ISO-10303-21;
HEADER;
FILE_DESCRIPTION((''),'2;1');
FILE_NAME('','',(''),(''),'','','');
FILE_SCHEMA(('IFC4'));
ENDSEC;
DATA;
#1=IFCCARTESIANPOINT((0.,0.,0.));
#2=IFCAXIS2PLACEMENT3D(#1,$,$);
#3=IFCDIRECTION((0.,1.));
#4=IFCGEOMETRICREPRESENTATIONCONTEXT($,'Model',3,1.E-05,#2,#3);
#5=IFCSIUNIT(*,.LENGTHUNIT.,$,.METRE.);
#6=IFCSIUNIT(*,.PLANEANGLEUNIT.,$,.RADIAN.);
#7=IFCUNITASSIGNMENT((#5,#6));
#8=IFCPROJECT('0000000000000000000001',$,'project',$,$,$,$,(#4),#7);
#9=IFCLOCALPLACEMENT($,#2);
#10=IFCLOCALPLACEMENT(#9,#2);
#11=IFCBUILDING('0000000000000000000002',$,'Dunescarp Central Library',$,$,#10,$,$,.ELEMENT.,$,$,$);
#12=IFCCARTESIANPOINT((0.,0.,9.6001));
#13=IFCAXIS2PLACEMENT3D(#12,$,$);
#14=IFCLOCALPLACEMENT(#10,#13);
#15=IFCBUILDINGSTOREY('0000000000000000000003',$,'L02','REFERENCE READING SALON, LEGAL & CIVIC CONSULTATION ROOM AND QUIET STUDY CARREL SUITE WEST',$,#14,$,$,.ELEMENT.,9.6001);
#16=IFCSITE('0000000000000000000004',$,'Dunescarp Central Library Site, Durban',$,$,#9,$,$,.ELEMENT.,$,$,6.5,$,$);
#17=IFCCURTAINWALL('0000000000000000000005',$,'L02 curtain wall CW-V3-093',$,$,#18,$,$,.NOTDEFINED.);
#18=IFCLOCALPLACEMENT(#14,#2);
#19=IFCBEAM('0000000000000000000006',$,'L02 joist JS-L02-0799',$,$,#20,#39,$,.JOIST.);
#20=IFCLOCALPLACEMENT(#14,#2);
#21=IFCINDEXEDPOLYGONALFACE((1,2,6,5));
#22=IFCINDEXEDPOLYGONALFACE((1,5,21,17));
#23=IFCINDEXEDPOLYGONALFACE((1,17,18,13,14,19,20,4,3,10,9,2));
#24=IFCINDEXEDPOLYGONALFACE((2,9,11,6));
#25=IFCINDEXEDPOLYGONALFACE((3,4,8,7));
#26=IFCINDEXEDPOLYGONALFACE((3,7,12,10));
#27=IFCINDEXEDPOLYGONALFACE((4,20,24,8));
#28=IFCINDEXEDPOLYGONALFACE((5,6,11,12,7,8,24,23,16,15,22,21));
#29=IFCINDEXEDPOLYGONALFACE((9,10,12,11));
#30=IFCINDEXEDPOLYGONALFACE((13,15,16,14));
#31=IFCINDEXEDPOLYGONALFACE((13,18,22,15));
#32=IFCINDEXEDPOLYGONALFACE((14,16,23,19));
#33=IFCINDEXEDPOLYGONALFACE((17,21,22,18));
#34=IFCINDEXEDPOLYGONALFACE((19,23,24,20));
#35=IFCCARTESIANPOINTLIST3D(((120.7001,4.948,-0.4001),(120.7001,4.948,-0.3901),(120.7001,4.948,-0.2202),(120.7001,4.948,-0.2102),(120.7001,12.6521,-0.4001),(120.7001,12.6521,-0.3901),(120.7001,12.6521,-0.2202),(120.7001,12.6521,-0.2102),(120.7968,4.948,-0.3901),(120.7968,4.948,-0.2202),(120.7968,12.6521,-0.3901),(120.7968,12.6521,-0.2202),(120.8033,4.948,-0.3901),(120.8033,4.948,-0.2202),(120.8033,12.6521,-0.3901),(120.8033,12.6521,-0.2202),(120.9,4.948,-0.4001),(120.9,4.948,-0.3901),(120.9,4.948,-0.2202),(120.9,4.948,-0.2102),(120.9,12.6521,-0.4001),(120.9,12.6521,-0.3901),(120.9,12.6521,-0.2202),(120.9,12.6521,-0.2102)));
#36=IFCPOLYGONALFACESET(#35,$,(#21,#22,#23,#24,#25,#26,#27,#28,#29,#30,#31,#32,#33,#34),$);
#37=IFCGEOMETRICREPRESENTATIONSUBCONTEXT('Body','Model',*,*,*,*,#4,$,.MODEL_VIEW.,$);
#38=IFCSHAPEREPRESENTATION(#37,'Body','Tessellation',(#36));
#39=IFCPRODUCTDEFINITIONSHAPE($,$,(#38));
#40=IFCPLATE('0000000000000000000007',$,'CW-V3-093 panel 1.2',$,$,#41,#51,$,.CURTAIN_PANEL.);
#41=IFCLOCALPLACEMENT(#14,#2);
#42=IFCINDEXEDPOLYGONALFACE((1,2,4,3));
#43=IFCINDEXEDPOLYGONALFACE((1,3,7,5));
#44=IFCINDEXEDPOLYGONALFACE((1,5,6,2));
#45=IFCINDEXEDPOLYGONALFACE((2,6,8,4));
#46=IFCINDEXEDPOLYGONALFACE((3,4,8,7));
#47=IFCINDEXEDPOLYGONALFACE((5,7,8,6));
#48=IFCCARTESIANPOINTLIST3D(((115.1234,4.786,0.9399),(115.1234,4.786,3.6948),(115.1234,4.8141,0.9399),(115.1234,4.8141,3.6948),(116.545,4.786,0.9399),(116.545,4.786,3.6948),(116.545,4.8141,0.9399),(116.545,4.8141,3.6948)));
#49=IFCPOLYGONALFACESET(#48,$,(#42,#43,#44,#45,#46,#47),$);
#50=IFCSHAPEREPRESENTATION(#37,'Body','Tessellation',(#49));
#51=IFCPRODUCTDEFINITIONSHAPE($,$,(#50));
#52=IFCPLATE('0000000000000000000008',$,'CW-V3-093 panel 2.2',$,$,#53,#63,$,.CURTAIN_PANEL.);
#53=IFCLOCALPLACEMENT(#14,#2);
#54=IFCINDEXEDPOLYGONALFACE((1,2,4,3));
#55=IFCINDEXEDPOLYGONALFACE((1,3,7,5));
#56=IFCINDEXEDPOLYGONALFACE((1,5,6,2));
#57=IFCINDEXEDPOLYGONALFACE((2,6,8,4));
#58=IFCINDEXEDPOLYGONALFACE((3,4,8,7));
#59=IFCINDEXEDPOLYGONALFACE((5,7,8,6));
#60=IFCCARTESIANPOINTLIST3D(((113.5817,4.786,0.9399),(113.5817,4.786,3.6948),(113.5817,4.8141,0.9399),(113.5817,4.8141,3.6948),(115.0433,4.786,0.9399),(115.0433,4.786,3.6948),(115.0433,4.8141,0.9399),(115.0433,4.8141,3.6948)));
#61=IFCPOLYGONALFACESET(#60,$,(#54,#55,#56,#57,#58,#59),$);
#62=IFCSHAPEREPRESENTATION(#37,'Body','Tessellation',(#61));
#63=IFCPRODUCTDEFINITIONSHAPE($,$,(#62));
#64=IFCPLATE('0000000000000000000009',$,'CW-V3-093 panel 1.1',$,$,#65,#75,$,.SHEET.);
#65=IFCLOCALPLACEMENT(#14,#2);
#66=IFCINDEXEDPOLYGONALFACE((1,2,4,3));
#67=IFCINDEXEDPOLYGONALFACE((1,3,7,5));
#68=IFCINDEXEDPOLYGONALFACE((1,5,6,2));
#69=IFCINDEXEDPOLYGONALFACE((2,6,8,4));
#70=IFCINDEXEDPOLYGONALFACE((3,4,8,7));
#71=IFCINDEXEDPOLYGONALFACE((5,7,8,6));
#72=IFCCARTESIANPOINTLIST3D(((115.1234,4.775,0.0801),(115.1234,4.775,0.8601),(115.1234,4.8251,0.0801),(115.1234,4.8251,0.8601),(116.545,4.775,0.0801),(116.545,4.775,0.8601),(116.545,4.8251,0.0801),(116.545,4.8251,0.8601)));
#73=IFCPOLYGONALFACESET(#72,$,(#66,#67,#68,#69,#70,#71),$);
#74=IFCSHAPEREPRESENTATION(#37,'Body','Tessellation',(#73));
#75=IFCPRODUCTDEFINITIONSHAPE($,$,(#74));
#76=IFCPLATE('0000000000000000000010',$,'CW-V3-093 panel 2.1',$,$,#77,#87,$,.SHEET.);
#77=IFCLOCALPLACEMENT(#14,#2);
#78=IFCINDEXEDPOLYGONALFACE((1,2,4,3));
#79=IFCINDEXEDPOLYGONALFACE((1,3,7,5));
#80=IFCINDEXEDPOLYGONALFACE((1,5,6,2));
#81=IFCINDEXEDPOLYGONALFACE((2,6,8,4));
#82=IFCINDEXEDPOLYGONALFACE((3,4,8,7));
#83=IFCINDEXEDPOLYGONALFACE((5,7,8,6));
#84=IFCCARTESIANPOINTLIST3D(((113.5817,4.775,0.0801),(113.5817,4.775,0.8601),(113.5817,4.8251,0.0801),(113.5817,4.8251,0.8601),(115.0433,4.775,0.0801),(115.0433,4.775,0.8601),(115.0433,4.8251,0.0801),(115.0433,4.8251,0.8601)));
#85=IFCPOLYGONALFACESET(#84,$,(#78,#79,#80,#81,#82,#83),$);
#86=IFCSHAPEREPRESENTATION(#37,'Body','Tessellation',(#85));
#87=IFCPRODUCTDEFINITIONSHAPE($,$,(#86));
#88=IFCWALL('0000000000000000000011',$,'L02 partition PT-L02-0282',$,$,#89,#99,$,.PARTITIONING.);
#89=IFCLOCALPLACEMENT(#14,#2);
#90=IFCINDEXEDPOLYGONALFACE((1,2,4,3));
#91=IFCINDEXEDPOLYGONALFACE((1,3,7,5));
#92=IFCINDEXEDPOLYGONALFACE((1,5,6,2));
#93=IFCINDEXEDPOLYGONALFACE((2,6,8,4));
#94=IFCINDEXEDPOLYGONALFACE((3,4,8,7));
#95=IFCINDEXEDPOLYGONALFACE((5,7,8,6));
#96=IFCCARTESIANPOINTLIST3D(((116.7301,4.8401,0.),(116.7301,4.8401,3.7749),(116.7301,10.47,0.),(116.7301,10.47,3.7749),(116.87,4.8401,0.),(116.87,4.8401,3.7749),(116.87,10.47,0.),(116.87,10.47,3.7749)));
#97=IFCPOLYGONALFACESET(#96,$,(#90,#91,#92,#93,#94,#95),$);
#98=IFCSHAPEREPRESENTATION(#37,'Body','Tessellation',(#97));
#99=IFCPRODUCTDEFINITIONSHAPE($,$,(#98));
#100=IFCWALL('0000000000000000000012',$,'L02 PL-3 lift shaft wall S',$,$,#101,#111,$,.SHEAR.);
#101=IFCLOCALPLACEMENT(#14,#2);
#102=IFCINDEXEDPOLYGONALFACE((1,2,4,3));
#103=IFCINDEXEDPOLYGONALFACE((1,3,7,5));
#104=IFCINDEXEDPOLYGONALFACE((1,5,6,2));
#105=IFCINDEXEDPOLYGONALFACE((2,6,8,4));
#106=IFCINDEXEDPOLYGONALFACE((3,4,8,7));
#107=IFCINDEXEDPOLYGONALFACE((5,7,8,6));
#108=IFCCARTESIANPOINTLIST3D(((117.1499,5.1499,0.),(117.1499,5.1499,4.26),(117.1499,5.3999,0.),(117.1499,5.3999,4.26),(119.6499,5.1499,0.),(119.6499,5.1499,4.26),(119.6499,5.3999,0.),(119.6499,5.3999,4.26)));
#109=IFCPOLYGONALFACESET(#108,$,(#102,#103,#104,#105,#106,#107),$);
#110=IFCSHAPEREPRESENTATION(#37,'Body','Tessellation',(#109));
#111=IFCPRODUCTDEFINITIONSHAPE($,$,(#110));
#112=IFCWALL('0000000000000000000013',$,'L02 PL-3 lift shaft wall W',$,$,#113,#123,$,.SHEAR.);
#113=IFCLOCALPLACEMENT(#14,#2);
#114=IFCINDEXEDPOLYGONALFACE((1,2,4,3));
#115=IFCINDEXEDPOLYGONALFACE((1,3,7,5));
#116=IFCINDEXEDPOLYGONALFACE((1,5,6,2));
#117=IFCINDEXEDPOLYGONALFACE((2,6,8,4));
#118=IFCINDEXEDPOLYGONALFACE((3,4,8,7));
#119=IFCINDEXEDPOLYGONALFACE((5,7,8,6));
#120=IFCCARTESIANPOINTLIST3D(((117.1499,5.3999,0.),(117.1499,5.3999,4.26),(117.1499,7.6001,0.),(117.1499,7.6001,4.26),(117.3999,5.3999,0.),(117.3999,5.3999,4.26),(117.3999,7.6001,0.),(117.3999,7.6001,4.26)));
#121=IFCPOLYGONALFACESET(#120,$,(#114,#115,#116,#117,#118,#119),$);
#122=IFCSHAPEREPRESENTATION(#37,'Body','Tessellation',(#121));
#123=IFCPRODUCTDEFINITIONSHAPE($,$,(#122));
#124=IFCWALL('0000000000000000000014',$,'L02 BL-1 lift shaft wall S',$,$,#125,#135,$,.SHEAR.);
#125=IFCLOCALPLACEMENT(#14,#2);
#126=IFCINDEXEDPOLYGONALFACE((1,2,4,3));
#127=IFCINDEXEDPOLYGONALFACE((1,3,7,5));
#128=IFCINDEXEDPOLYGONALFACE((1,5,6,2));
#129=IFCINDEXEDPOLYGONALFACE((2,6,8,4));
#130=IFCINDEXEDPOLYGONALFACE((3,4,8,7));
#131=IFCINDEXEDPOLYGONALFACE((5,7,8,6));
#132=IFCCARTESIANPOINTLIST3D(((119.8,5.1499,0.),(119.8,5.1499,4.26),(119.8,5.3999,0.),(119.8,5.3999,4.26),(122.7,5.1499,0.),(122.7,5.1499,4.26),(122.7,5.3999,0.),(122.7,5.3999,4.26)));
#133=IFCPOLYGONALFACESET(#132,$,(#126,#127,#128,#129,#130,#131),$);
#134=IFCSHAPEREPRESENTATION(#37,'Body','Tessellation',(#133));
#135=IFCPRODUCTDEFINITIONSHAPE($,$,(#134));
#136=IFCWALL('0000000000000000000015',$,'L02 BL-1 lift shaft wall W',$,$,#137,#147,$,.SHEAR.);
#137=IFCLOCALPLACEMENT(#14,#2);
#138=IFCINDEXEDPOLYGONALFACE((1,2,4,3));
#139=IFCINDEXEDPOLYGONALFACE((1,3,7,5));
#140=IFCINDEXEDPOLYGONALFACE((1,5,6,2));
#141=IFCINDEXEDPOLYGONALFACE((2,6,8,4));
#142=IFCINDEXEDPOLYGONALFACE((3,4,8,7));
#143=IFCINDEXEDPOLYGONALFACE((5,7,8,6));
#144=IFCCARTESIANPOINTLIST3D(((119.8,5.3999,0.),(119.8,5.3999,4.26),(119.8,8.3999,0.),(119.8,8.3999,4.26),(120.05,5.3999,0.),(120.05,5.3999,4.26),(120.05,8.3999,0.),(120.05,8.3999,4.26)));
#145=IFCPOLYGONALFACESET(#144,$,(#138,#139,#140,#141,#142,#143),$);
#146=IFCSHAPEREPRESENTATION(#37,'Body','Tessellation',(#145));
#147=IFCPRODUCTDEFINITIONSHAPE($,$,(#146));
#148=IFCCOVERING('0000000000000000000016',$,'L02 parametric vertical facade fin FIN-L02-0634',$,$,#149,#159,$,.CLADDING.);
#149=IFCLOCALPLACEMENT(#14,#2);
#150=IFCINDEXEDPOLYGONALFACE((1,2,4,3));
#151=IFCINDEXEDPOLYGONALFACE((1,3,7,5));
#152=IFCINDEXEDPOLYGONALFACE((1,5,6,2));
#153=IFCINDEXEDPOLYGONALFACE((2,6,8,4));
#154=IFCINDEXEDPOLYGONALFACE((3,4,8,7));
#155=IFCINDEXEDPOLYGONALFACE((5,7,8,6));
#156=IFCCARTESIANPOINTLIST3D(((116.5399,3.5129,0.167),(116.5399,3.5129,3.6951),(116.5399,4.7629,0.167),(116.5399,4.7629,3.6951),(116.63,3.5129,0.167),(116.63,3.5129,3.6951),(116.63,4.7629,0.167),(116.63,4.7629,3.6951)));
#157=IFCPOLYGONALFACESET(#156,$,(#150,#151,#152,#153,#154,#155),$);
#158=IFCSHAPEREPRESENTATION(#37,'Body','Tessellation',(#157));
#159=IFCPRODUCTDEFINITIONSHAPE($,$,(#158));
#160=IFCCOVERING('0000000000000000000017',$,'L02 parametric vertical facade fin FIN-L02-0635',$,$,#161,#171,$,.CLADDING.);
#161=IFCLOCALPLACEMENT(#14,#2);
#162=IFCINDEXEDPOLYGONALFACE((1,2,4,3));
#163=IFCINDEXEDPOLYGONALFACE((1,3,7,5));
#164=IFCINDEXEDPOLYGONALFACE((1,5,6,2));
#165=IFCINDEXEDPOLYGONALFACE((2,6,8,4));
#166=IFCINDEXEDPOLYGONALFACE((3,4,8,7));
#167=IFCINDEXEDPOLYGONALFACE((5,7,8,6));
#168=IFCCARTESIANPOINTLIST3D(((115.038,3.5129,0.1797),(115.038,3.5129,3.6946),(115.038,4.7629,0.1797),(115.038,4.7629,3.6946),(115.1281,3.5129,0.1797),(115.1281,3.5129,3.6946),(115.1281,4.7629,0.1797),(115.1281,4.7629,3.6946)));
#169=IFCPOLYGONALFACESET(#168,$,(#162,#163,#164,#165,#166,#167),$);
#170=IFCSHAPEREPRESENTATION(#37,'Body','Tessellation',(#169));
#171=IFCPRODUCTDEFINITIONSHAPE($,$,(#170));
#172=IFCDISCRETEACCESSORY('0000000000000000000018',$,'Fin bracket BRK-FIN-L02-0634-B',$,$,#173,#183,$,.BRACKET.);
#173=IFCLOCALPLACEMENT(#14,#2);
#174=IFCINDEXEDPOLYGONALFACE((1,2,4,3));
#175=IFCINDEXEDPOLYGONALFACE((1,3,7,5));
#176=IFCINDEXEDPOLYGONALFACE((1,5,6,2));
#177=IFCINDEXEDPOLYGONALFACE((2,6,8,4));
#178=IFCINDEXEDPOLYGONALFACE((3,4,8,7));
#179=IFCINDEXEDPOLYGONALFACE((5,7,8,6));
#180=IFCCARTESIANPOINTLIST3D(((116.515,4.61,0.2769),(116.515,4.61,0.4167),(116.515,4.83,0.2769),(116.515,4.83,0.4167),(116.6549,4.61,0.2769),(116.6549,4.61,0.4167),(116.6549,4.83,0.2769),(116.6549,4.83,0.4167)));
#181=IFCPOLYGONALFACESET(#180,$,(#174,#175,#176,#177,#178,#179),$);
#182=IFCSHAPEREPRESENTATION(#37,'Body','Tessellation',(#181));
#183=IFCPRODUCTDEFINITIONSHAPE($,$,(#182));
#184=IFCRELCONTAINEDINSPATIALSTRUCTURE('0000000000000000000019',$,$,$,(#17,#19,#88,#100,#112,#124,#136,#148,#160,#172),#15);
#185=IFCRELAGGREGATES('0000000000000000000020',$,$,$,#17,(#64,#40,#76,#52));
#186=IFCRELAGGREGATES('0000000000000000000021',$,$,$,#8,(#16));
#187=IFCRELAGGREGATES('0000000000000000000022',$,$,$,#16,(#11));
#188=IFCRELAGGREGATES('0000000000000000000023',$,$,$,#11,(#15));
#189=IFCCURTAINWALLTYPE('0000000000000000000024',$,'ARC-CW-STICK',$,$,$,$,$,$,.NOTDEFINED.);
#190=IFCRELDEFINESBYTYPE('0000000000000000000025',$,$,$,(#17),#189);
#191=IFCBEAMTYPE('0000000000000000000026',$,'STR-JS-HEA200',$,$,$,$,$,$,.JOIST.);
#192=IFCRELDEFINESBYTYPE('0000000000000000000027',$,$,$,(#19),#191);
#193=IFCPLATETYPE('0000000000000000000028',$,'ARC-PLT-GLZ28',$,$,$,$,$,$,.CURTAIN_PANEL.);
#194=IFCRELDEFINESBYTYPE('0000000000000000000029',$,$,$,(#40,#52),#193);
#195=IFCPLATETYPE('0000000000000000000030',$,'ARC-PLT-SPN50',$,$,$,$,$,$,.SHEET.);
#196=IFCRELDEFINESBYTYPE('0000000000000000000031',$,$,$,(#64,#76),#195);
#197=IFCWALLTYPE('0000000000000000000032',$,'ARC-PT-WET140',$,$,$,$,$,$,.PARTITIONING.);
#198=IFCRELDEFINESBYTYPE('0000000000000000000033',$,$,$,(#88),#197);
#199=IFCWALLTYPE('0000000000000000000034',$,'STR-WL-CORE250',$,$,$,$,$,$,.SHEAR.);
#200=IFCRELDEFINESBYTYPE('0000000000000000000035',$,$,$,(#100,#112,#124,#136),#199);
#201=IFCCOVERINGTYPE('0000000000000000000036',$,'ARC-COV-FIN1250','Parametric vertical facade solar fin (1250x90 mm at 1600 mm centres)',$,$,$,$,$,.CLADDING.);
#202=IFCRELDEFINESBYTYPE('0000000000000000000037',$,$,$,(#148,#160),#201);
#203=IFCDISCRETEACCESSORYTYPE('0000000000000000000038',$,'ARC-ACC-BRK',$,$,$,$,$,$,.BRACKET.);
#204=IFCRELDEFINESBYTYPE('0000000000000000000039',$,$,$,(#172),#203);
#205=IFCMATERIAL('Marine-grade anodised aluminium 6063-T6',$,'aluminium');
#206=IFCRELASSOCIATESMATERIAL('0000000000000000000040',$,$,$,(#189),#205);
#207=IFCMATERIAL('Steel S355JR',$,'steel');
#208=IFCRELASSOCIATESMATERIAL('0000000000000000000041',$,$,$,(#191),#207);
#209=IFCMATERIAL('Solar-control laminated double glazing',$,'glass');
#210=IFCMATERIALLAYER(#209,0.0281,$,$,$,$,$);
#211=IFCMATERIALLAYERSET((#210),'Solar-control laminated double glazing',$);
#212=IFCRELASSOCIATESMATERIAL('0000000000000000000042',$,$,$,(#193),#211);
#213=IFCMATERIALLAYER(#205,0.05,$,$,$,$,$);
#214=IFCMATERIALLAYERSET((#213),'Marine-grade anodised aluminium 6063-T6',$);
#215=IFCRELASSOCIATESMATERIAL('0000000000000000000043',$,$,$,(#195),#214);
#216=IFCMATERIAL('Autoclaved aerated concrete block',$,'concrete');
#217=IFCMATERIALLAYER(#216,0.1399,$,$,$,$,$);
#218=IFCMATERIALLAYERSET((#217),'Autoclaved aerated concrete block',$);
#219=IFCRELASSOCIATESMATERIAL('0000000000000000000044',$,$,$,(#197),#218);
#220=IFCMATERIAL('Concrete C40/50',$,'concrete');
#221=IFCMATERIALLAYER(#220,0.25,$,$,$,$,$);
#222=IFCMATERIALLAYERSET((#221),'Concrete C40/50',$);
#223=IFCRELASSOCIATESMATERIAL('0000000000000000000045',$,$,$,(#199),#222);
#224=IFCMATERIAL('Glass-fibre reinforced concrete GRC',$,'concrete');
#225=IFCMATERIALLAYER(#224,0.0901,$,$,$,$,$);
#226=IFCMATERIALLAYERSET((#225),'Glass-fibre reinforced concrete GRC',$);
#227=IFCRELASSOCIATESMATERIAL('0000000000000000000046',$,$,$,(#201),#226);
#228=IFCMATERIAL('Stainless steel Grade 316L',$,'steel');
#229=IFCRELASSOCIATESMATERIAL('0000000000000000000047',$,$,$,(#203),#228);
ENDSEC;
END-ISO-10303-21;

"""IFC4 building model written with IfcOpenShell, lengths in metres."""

from ifc_helpers import new_model, si_unit, direction, frame, frame_2d, origin, origin_2d, place, context, subcontext, project, spatial, rectangle, i_section, extrude, material, layer, layer_set, material_profile, profile_set, type_object, element, aggregate, save


model = new_model("IFC4")

# Units and contexts
model_context = context("Model", 3, precision=1e-05, world=origin(), true_north=direction((0.0, 1.0)))
body_context = subcontext(model_context, "Body", "Model", "MODEL_VIEW")
ifc_project = project(units=[si_unit("LENGTHUNIT", "METRE"), si_unit("PLANEANGLEUNIT", "RADIAN")], contexts=[model_context])

# Site, building, storey
site_placement = place(None, origin())
site = spatial("IfcSite", under=ifc_project, at=site_placement, Name="Dunescarp Central Library Site, Durban", CompositionType="ELEMENT", RefElevation=6.5)
building_placement = place(site_placement, origin())
building = spatial("IfcBuilding", under=site, at=building_placement, Name="Dunescarp Central Library", CompositionType="ELEMENT")
storey_placement = place(building_placement, frame((0.0, 0.0, 9.6001)))
storey = spatial("IfcBuildingStorey", under=building, at=storey_placement, Name="L02", Description="REFERENCE READING SALON, LEGAL & CIVIC CONSULTATION ROOM AND QUIET STUDY CARREL SUITE WEST", CompositionType="ELEMENT", Elevation=9.6001)

# Shared definitions
ifc_material_1 = material(Name="Steel S355JR", Category="steel")

# Curtain wall
ifc_material_2 = material(Name="Marine-grade anodised aluminium 6063-T6", Category="aluminium")
curtain_wall_type = type_object("IfcCurtainWallType", Name="ARC-CW-STICK", PredefinedType="NOTDEFINED", material=ifc_material_2)
curtain_wall_placement = place(storey_placement, origin())
curtain_wall = element("IfcCurtainWall", 1, at=curtain_wall_placement, inside=storey, type_object=curtain_wall_type, Name="L02 curtain wall CW-V3-093", PredefinedType="NOTDEFINED")

# Beam
ifc_material_profile_1 = material_profile(ifc_material_1, i_section(OverallWidth=0.2, OverallDepth=0.1899, WebThickness=0.0066, FlangeThickness=0.01, at=origin_2d()), Name="HEA 200")
ifc_profile_set_1 = profile_set([ifc_material_profile_1], Name="Steel S355JR")
beam_type_1 = type_object("IfcBeamType", Name="STR-JS-HEA200", PredefinedType="JOIST", material=ifc_profile_set_1)
beam_1_placement = place(storey_placement, frame((120.8, 4.948, -0.3052), z_axis=(0.0, 1.0, 0.0), x_axis=(-1.0, 0.0, 0.0)))
element("IfcBeam", 2, at=beam_1_placement, inside=storey, type_object=beam_type_1, Name="L02 joist JS-L02-0799", PredefinedType="JOIST", context=body_context, shape_type="SweptSolid", body=[
    extrude(i_section(OverallWidth=0.2, OverallDepth=0.1899, WebThickness=0.0066, FlangeThickness=0.01, at=origin_2d()), origin(), (0.0, 0.0, 1.0), 7.7041),
])

# Plates
ifc_material_3 = material(Name="Solar-control laminated double glazing", Category="glass")
ifc_layer_1 = layer(ifc_material_3, 0.0281)
ifc_layer_set_1 = layer_set([ifc_layer_1], Name="Solar-control laminated double glazing")
plate_type_1 = type_object("IfcPlateType", Name="ARC-PLT-GLZ28", PredefinedType="CURTAIN_PANEL", material=ifc_layer_set_1)
plate_1_placement = place(storey_placement, frame((115.8342, 4.8, 0.9399), z_axis=(0.0, 0.0, 1.0), x_axis=(-1.0, 0.0, 0.0)))
plate_1 = element("IfcPlate", 3, at=plate_1_placement, type_object=plate_type_1, Name="CW-V3-093 panel 1.2", PredefinedType="CURTAIN_PANEL", context=body_context, shape_type="SweptSolid", body=[
    extrude(rectangle(XDim=1.4216, YDim=0.0281, at=origin_2d()), origin(), (0.0, 0.0, 1.0), 2.7549),
])
plate_2_placement = place(storey_placement, frame((114.3125, 4.8, 0.9399), z_axis=(0.0, 0.0, 1.0), x_axis=(-1.0, 0.0, 0.0)))
plate_2 = element("IfcPlate", 4, at=plate_2_placement, type_object=plate_type_1, Name="CW-V3-093 panel 2.2", PredefinedType="CURTAIN_PANEL", context=body_context, shape_type="SweptSolid", body=[
    extrude(rectangle(XDim=1.4617, YDim=0.0281, at=origin_2d()), origin(), (0.0, 0.0, 1.0), 2.7549),
])
ifc_layer_2 = layer(ifc_material_2, 0.05)
ifc_layer_set_2 = layer_set([ifc_layer_2], Name="Marine-grade anodised aluminium 6063-T6")
plate_type_2 = type_object("IfcPlateType", Name="ARC-PLT-SPN50", PredefinedType="SHEET", material=ifc_layer_set_2)
plate_3_placement = place(storey_placement, frame((115.8342, 4.8, 0.0801), z_axis=(0.0, 0.0, 1.0), x_axis=(-1.0, 0.0, 0.0)))
plate_3 = element("IfcPlate", 5, at=plate_3_placement, type_object=plate_type_2, Name="CW-V3-093 panel 1.1", PredefinedType="SHEET", context=body_context, shape_type="SweptSolid", body=[
    extrude(rectangle(XDim=1.4216, YDim=0.05, at=origin_2d()), origin(), (0.0, 0.0, 1.0), 0.78),
])
plate_4_placement = place(storey_placement, frame((114.3125, 4.8, 0.0801), z_axis=(0.0, 0.0, 1.0), x_axis=(-1.0, 0.0, 0.0)))
plate_4 = element("IfcPlate", 6, at=plate_4_placement, type_object=plate_type_2, Name="CW-V3-093 panel 2.1", PredefinedType="SHEET", context=body_context, shape_type="SweptSolid", body=[
    extrude(rectangle(XDim=1.4617, YDim=0.05, at=origin_2d()), origin(), (0.0, 0.0, 1.0), 0.78),
])
aggregate(curtain_wall, [plate_3, plate_1, plate_4, plate_2])

# Walls
ifc_material_4 = material(Name="Autoclaved aerated concrete block", Category="concrete")
ifc_layer_3 = layer(ifc_material_4, 0.1399)
ifc_layer_set_3 = layer_set([ifc_layer_3], Name="Autoclaved aerated concrete block")
wall_type_1 = type_object("IfcWallType", Name="ARC-PT-WET140", PredefinedType="PARTITIONING", material=ifc_layer_set_3)
wall_1_placement = place(storey_placement, frame((116.8, 4.8401, 0.0), z_axis=(0.0, 0.0, 1.0), x_axis=(0.0, 1.0, 0.0)))
element("IfcWall", 7, at=wall_1_placement, inside=storey, type_object=wall_type_1, Name="L02 partition PT-L02-0282", PredefinedType="PARTITIONING", context=body_context, shape_type="SweptSolid", body=[
    extrude(rectangle(XDim=5.6299, YDim=0.1399, at=frame_2d((2.8149, 0.0))), origin(), (0.0, 0.0, 1.0), 3.7749),
])
ifc_material_5 = material(Name="Concrete C40/50", Category="concrete")
ifc_layer_4 = layer(ifc_material_5, 0.25)
ifc_layer_set_4 = layer_set([ifc_layer_4], Name="Concrete C40/50")
wall_type_2 = type_object("IfcWallType", Name="STR-WL-CORE250", PredefinedType="SHEAR", material=ifc_layer_set_4)
wall_2_placement = place(storey_placement, frame((119.6499, 5.2749, 0.0), z_axis=(0.0, 0.0, 1.0), x_axis=(-1.0, 0.0, 0.0)))
element("IfcWall", 8, at=wall_2_placement, inside=storey, type_object=wall_type_2, Name="L02 PL-3 lift shaft wall S", PredefinedType="SHEAR", context=body_context, shape_type="SweptSolid", body=[
    extrude(rectangle(XDim=2.5, YDim=0.25, at=frame_2d((1.25, 0.0))), origin(), (0.0, 0.0, 1.0), 4.26),
])
wall_3_placement = place(storey_placement, frame((117.2749, 5.3999, 0.0), z_axis=(0.0, 0.0, 1.0), x_axis=(0.0, 1.0, 0.0)))
element("IfcWall", 9, at=wall_3_placement, inside=storey, type_object=wall_type_2, Name="L02 PL-3 lift shaft wall W", PredefinedType="SHEAR", context=body_context, shape_type="SweptSolid", body=[
    extrude(rectangle(XDim=2.2002, YDim=0.25, at=frame_2d((1.1001, 0.0))), origin(), (0.0, 0.0, 1.0), 4.26),
])
wall_4_placement = place(storey_placement, frame((122.7, 5.2749, 0.0), z_axis=(0.0, 0.0, 1.0), x_axis=(-1.0, 0.0, 0.0)))
element("IfcWall", 10, at=wall_4_placement, inside=storey, type_object=wall_type_2, Name="L02 BL-1 lift shaft wall S", PredefinedType="SHEAR", context=body_context, shape_type="SweptSolid", body=[
    extrude(rectangle(XDim=2.8999, YDim=0.25, at=frame_2d((1.45, 0.0))), origin(), (0.0, 0.0, 1.0), 4.26),
])
wall_5_placement = place(storey_placement, frame((119.925, 5.3999, 0.0), z_axis=(0.0, 0.0, 1.0), x_axis=(0.0, 1.0, 0.0)))
element("IfcWall", 11, at=wall_5_placement, inside=storey, type_object=wall_type_2, Name="L02 BL-1 lift shaft wall W", PredefinedType="SHEAR", context=body_context, shape_type="SweptSolid", body=[
    extrude(rectangle(XDim=3.0, YDim=0.25, at=frame_2d((1.5, 0.0))), origin(), (0.0, 0.0, 1.0), 4.26),
])

# Coverings
ifc_material_6 = material(Name="Glass-fibre reinforced concrete GRC", Category="concrete")
ifc_layer_5 = layer(ifc_material_6, 0.0901)
ifc_layer_set_5 = layer_set([ifc_layer_5], Name="Glass-fibre reinforced concrete GRC")
covering_type = type_object("IfcCoveringType", Name="ARC-COV-FIN1250", Description="Parametric vertical facade solar fin (1250x90 mm at 1600 mm centres)", PredefinedType="CLADDING", material=ifc_layer_set_5)
covering_1_placement = place(storey_placement, frame((116.585, 4.1379, 0.167), z_axis=(0.0, 0.0, 1.0), x_axis=(0.0, -1.0, 0.0)))
element("IfcCovering", 12, at=covering_1_placement, inside=storey, type_object=covering_type, Name="L02 parametric vertical facade fin FIN-L02-0634", PredefinedType="CLADDING", context=body_context, shape_type="SweptSolid", body=[
    extrude(rectangle(XDim=1.25, YDim=0.0901, at=origin_2d()), origin(), (0.0, 0.0, 1.0), 3.5281),
])
covering_2_placement = place(storey_placement, frame((115.083, 4.1379, 0.1797), z_axis=(0.0, 0.0, 1.0), x_axis=(0.0, -1.0, 0.0)))
element("IfcCovering", 13, at=covering_2_placement, inside=storey, type_object=covering_type, Name="L02 parametric vertical facade fin FIN-L02-0635", PredefinedType="CLADDING", context=body_context, shape_type="SweptSolid", body=[
    extrude(rectangle(XDim=1.25, YDim=0.0901, at=origin_2d()), origin(), (0.0, 0.0, 1.0), 3.5149),
])

# Discrete accessory
ifc_material_7 = material(Name="Stainless steel Grade 316L", Category="steel")
discrete_accessory_type = type_object("IfcDiscreteAccessoryType", Name="ARC-ACC-BRK", PredefinedType="BRACKET", material=ifc_material_7)
for number, where, z_axis, x_axis, name in (
    (14, (116.585, 4.72, 0.2769), (0.0, 0.0, 1.0), (0.0, -1.0, 0.0), "Fin bracket BRK-FIN-L02-0634-B"),
):
    element("IfcDiscreteAccessory", number, at=place(storey_placement, frame(where, z_axis=z_axis, x_axis=x_axis)), inside=storey, type_object=discrete_accessory_type, Name=name, PredefinedType="BRACKET", context=body_context, shape_type="SweptSolid", body=[
        extrude(rectangle(XDim=0.22, YDim=0.1399, at=origin_2d()), origin(), (0.0, 0.0, 1.0), 0.1399),
    ])

save(model, "model.ifc")
